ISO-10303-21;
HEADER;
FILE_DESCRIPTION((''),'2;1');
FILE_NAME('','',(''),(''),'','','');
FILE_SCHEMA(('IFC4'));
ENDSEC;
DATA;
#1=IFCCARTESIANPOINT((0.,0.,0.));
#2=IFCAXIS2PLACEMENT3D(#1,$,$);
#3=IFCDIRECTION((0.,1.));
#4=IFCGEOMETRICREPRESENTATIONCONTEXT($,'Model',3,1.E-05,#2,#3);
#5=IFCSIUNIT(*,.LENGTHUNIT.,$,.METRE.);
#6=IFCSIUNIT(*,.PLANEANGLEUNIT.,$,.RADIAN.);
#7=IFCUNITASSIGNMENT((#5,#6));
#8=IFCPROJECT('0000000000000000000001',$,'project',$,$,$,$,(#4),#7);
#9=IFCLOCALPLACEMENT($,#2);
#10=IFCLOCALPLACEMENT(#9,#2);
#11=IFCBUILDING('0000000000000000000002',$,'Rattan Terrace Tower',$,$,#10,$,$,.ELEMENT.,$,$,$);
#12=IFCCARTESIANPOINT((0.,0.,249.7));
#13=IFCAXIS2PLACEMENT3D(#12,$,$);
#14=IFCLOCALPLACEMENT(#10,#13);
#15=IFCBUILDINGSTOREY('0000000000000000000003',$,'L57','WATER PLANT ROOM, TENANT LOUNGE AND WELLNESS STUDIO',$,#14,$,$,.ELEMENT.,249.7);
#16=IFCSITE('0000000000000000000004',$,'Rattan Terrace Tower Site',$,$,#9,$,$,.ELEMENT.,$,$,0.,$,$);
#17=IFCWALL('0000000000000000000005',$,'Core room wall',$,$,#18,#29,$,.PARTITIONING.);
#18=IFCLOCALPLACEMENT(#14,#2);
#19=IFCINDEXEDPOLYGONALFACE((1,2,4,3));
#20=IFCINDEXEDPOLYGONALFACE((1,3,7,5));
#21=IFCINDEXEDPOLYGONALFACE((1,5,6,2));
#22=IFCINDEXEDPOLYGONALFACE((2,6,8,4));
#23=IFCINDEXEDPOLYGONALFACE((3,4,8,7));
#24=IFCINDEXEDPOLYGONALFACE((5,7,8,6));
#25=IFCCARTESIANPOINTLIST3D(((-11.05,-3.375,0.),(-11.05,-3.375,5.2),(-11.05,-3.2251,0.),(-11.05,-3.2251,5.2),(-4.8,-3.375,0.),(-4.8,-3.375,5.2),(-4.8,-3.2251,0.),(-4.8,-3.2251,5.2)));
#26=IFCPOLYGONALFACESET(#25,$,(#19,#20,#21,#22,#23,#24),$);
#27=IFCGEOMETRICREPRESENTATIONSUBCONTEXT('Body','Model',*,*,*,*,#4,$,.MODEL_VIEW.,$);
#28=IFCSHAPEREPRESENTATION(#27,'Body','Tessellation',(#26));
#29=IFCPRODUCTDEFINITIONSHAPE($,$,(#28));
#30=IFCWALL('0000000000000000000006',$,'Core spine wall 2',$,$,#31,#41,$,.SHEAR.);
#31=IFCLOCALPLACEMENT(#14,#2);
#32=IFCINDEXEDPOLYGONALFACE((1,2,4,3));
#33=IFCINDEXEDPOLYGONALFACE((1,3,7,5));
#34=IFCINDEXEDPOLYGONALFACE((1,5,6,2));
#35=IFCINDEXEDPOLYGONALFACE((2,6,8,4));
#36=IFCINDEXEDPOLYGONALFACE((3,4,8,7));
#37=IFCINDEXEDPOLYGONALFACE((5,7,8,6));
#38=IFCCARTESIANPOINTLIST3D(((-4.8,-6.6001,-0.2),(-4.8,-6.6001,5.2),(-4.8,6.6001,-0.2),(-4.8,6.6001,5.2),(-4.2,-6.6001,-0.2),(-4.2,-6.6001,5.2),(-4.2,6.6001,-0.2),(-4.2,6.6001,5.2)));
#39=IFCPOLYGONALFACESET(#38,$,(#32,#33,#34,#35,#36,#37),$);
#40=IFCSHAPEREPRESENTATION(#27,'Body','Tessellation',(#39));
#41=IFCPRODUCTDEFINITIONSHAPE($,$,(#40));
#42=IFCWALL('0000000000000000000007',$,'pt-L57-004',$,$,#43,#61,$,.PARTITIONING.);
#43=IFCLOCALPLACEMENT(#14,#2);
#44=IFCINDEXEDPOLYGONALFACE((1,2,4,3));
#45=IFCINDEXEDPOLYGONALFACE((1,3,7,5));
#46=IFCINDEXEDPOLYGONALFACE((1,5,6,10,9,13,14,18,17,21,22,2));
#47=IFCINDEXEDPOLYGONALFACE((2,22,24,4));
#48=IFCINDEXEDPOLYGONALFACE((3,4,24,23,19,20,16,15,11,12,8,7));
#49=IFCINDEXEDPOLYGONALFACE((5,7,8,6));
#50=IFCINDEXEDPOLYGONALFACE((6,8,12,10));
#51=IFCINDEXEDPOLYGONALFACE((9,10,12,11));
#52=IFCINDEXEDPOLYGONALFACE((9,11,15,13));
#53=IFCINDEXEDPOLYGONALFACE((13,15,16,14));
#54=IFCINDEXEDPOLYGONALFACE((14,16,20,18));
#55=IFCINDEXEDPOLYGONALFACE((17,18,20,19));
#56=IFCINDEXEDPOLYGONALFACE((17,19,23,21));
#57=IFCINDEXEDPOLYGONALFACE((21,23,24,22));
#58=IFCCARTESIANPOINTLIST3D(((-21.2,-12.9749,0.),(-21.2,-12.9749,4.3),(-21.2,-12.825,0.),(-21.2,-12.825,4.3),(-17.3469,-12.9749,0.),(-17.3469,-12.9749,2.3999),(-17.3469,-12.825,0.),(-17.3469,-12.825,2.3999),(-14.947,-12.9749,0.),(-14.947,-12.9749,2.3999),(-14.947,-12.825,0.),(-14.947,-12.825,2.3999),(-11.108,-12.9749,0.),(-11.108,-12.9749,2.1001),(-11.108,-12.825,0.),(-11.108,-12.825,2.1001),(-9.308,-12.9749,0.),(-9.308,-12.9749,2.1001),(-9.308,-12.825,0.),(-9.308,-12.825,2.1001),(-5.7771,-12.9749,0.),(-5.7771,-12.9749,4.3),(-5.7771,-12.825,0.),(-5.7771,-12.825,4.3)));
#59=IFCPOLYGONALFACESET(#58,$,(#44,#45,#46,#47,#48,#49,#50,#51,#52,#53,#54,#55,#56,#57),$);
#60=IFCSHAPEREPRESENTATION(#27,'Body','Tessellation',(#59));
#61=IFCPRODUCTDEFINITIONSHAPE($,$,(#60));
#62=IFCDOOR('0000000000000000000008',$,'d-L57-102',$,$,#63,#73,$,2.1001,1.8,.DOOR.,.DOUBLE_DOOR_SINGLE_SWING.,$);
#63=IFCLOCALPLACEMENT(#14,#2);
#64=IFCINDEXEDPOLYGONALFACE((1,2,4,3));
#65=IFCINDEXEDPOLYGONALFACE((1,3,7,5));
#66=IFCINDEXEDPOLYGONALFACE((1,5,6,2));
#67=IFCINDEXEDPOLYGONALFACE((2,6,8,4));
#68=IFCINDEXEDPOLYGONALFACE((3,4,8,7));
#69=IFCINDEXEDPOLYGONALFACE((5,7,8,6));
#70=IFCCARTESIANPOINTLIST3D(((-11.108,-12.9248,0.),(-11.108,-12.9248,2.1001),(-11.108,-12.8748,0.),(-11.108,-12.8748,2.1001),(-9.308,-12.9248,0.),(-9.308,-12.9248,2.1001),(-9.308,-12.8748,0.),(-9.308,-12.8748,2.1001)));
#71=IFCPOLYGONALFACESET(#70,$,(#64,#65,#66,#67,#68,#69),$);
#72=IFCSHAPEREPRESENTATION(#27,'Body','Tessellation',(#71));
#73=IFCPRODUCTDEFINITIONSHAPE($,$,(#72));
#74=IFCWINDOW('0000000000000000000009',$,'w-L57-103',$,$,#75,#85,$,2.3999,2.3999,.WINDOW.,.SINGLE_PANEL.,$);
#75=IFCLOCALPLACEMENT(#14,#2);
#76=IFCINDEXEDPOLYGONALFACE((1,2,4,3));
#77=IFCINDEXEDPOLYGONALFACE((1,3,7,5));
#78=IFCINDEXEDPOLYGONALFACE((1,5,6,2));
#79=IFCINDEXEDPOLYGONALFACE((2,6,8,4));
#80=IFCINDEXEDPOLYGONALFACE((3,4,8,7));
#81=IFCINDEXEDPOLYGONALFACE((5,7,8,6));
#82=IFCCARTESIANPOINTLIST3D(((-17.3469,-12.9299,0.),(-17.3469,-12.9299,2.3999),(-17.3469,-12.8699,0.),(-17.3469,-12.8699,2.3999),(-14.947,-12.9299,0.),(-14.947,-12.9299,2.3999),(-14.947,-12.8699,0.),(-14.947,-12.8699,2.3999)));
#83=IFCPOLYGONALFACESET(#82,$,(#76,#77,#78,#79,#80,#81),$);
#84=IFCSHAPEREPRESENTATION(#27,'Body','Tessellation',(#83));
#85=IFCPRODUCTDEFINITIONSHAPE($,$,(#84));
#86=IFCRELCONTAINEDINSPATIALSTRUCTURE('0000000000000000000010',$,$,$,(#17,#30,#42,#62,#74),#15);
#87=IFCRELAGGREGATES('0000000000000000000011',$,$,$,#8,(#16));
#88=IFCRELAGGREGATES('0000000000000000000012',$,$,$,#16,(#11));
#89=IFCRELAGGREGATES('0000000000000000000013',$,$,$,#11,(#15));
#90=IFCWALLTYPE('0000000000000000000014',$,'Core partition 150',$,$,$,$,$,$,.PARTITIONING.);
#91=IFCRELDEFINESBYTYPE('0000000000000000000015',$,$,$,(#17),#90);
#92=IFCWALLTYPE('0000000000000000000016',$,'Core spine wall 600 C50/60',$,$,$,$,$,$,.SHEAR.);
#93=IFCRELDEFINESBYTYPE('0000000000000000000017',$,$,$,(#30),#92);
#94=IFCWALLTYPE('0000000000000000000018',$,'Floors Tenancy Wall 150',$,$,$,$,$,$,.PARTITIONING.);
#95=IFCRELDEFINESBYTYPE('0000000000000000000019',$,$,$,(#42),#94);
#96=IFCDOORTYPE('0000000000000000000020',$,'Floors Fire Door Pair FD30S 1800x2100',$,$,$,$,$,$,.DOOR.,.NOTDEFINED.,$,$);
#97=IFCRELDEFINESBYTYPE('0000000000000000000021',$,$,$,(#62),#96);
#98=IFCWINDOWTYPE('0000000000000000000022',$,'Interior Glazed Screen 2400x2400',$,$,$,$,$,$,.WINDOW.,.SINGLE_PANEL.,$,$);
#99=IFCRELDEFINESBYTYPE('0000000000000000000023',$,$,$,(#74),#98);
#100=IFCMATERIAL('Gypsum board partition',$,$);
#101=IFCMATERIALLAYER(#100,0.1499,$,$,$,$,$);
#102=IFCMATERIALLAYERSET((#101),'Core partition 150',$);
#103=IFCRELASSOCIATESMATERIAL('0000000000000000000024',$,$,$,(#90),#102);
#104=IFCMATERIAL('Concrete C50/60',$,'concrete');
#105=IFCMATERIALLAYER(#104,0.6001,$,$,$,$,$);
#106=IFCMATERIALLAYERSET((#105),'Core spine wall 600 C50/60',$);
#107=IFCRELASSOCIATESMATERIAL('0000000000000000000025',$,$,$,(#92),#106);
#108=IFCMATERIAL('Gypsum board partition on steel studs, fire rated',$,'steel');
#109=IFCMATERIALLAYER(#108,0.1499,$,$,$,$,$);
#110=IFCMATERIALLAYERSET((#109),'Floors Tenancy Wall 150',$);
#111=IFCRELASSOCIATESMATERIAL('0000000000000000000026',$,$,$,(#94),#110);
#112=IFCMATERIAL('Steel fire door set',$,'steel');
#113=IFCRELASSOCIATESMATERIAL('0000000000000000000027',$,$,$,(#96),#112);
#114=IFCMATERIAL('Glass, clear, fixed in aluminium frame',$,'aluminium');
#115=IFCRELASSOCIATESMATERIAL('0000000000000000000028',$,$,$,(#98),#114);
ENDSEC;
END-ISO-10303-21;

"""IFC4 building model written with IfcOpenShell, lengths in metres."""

from ifc_helpers import new_model, si_unit, direction, frame, frame_2d, origin, place, context, subcontext, project, spatial, rectangle, extrude, material, layer, layer_set, type_object, element, fill, save


model = new_model("IFC4")

# Units and contexts
model_context = context("Model", 3, precision=1e-05, world=origin(), true_north=direction((0.0, 1.0)))
body_context = subcontext(model_context, "Body", "Model", "MODEL_VIEW")
ifc_project = project(units=[si_unit("LENGTHUNIT", "METRE"), si_unit("PLANEANGLEUNIT", "RADIAN")], contexts=[model_context])

# Site, building, storey
site_placement = place(None, origin())
site = spatial("IfcSite", under=ifc_project, at=site_placement, Name="Rattan Terrace Tower Site", CompositionType="ELEMENT", RefElevation=0.0)
building_placement = place(site_placement, origin())
building = spatial("IfcBuilding", under=site, at=building_placement, Name="Rattan Terrace Tower", CompositionType="ELEMENT")
storey_placement = place(building_placement, frame((0.0, 0.0, 249.7)))
storey = spatial("IfcBuildingStorey", under=building, at=storey_placement, Name="L57", Description="WATER PLANT ROOM, TENANT LOUNGE AND WELLNESS STUDIO", CompositionType="ELEMENT", Elevation=249.7)

# Walls
ifc_material_1 = material(Name="Gypsum board partition")
ifc_layer_1 = layer(ifc_material_1, 0.1499)
ifc_layer_set_1 = layer_set([ifc_layer_1], Name="Core partition 150")
wall_type_1 = type_object("IfcWallType", Name="Core partition 150", PredefinedType="PARTITIONING", material=ifc_layer_set_1)
wall_1_placement = place(storey_placement, frame((-11.05, -3.3, 0.0), z_axis=(0.0, 0.0, 1.0), x_axis=(1.0, 0.0, 0.0)))
element("IfcWall", 1, at=wall_1_placement, inside=storey, type_object=wall_type_1, Name="Core room wall", PredefinedType="PARTITIONING", context=body_context, shape_type="SweptSolid", body=[
    extrude(rectangle(XDim=6.25, YDim=0.1499, at=frame_2d((3.125, 0.0))), origin(), (0.0, 0.0, 1.0), 5.2),
])
ifc_material_2 = material(Name="Concrete C50/60", Category="concrete")
ifc_layer_2 = layer(ifc_material_2, 0.6001)
ifc_layer_set_2 = layer_set([ifc_layer_2], Name="Core spine wall 600 C50/60")
wall_type_2 = type_object("IfcWallType", Name="Core spine wall 600 C50/60", PredefinedType="SHEAR", material=ifc_layer_set_2)
wall_2_placement = place(storey_placement, frame((-4.5, -6.6001, -0.2), z_axis=(0.0, 0.0, 1.0), x_axis=(0.0, 1.0, 0.0)))
element("IfcWall", 2, at=wall_2_placement, inside=storey, type_object=wall_type_2, Name="Core spine wall 2", PredefinedType="SHEAR", context=body_context, shape_type="SweptSolid", body=[
    extrude(rectangle(XDim=13.2002, YDim=0.6001, at=frame_2d((6.6001, 0.0))), origin(), (0.0, 0.0, 1.0), 5.3999),
])

# Wall, openings, door, window
ifc_material_3 = material(Name="Gypsum board partition on steel studs, fire rated", Category="steel")
ifc_layer_3 = layer(ifc_material_3, 0.1499)
ifc_layer_set_3 = layer_set([ifc_layer_3], Name="Floors Tenancy Wall 150")
wall_type_3 = type_object("IfcWallType", Name="Floors Tenancy Wall 150", PredefinedType="PARTITIONING", material=ifc_layer_set_3)
wall_3_placement = place(storey_placement, frame((-5.7771, -12.8999, 0.0), z_axis=(0.0, 0.0, 1.0), x_axis=(-1.0, 0.0, 0.0)))
wall_3 = element("IfcWall", 3, at=wall_3_placement, inside=storey, type_object=wall_type_3, Name="pt-L57-004", PredefinedType="PARTITIONING", context=body_context, shape_type="SweptSolid", body=[
    extrude(rectangle(XDim=15.4229, YDim=0.1499, at=frame_2d((7.7114, 0.0))), origin(), (0.0, 0.0, 1.0), 4.3),
])
opening_1_placement = place(wall_3_placement, frame((3.531, 0.0, 0.0)))
opening_1 = element("IfcOpeningElement", 4, at=opening_1_placement, cuts=wall_3, PredefinedType="OPENING", context=body_context, shape_type="SweptSolid", body=[
    extrude(rectangle(XDim=1.8, YDim=2.1001, at=frame_2d((0.8999, 1.05))), frame((0.0, 0.0854, 0.0), z_axis=(0.0, -1.0, 0.0), x_axis=(1.0, 0.0, 0.0)), (0.0, 0.0, 1.0), 0.1709),
])
opening_2_placement = place(wall_3_placement, frame((9.1699, 0.0, 0.0)))
opening_2 = element("IfcOpeningElement", 5, at=opening_2_placement, cuts=wall_3, PredefinedType="OPENING", context=body_context, shape_type="SweptSolid", body=[
    extrude(rectangle(XDim=2.3999, YDim=2.3999, at=frame_2d((1.2, 1.2))), frame((0.0, 0.0854, 0.0), z_axis=(0.0, -1.0, 0.0), x_axis=(1.0, 0.0, 0.0)), (0.0, 0.0, 1.0), 0.1709),
])
ifc_material_4 = material(Name="Steel fire door set", Category="steel")
door_type_1 = type_object("IfcDoorType", Name="Floors Fire Door Pair FD30S 1800x2100", OperationType="NOTDEFINED", PredefinedType="DOOR", material=ifc_material_4)
door_1_placement = place(opening_1_placement, origin())
door_1 = element("IfcDoor", 6, at=door_1_placement, inside=storey, type_object=door_type_1, Name="d-L57-102", OperationType="DOUBLE_DOOR_SINGLE_SWING", OverallHeight=2.1001, OverallWidth=1.8, PredefinedType="DOOR", context=body_context, shape_type="SweptSolid", body=[
    extrude(rectangle(XDim=1.8, YDim=2.1001, at=frame_2d((0.8999, 1.05))), frame((0.0, 0.0249, 0.0), z_axis=(0.0, -1.0, 0.0), x_axis=(1.0, 0.0, 0.0)), (0.0, 0.0, 1.0), 0.05),
])
fill(opening_1, door_1)
ifc_material_5 = material(Name="Glass, clear, fixed in aluminium frame", Category="aluminium")
window_type = type_object("IfcWindowType", Name="Interior Glazed Screen 2400x2400", PartitioningType="SINGLE_PANEL", PredefinedType="WINDOW", material=ifc_material_5)
window_placement = place(opening_2_placement, origin())
window = element("IfcWindow", 7, at=window_placement, inside=storey, type_object=window_type, Name="w-L57-103", OverallHeight=2.3999, OverallWidth=2.3999, PartitioningType="SINGLE_PANEL", PredefinedType="WINDOW", context=body_context, shape_type="SweptSolid", body=[
    extrude(rectangle(XDim=2.3999, YDim=2.3999, at=frame_2d((1.2, 1.2))), frame((0.0, 0.03, 0.0), z_axis=(0.0, -1.0, 0.0), x_axis=(1.0, 0.0, 0.0)), (0.0, 0.0, 1.0), 0.0601),
])
fill(opening_2, window)

save(model, "model.ifc")
